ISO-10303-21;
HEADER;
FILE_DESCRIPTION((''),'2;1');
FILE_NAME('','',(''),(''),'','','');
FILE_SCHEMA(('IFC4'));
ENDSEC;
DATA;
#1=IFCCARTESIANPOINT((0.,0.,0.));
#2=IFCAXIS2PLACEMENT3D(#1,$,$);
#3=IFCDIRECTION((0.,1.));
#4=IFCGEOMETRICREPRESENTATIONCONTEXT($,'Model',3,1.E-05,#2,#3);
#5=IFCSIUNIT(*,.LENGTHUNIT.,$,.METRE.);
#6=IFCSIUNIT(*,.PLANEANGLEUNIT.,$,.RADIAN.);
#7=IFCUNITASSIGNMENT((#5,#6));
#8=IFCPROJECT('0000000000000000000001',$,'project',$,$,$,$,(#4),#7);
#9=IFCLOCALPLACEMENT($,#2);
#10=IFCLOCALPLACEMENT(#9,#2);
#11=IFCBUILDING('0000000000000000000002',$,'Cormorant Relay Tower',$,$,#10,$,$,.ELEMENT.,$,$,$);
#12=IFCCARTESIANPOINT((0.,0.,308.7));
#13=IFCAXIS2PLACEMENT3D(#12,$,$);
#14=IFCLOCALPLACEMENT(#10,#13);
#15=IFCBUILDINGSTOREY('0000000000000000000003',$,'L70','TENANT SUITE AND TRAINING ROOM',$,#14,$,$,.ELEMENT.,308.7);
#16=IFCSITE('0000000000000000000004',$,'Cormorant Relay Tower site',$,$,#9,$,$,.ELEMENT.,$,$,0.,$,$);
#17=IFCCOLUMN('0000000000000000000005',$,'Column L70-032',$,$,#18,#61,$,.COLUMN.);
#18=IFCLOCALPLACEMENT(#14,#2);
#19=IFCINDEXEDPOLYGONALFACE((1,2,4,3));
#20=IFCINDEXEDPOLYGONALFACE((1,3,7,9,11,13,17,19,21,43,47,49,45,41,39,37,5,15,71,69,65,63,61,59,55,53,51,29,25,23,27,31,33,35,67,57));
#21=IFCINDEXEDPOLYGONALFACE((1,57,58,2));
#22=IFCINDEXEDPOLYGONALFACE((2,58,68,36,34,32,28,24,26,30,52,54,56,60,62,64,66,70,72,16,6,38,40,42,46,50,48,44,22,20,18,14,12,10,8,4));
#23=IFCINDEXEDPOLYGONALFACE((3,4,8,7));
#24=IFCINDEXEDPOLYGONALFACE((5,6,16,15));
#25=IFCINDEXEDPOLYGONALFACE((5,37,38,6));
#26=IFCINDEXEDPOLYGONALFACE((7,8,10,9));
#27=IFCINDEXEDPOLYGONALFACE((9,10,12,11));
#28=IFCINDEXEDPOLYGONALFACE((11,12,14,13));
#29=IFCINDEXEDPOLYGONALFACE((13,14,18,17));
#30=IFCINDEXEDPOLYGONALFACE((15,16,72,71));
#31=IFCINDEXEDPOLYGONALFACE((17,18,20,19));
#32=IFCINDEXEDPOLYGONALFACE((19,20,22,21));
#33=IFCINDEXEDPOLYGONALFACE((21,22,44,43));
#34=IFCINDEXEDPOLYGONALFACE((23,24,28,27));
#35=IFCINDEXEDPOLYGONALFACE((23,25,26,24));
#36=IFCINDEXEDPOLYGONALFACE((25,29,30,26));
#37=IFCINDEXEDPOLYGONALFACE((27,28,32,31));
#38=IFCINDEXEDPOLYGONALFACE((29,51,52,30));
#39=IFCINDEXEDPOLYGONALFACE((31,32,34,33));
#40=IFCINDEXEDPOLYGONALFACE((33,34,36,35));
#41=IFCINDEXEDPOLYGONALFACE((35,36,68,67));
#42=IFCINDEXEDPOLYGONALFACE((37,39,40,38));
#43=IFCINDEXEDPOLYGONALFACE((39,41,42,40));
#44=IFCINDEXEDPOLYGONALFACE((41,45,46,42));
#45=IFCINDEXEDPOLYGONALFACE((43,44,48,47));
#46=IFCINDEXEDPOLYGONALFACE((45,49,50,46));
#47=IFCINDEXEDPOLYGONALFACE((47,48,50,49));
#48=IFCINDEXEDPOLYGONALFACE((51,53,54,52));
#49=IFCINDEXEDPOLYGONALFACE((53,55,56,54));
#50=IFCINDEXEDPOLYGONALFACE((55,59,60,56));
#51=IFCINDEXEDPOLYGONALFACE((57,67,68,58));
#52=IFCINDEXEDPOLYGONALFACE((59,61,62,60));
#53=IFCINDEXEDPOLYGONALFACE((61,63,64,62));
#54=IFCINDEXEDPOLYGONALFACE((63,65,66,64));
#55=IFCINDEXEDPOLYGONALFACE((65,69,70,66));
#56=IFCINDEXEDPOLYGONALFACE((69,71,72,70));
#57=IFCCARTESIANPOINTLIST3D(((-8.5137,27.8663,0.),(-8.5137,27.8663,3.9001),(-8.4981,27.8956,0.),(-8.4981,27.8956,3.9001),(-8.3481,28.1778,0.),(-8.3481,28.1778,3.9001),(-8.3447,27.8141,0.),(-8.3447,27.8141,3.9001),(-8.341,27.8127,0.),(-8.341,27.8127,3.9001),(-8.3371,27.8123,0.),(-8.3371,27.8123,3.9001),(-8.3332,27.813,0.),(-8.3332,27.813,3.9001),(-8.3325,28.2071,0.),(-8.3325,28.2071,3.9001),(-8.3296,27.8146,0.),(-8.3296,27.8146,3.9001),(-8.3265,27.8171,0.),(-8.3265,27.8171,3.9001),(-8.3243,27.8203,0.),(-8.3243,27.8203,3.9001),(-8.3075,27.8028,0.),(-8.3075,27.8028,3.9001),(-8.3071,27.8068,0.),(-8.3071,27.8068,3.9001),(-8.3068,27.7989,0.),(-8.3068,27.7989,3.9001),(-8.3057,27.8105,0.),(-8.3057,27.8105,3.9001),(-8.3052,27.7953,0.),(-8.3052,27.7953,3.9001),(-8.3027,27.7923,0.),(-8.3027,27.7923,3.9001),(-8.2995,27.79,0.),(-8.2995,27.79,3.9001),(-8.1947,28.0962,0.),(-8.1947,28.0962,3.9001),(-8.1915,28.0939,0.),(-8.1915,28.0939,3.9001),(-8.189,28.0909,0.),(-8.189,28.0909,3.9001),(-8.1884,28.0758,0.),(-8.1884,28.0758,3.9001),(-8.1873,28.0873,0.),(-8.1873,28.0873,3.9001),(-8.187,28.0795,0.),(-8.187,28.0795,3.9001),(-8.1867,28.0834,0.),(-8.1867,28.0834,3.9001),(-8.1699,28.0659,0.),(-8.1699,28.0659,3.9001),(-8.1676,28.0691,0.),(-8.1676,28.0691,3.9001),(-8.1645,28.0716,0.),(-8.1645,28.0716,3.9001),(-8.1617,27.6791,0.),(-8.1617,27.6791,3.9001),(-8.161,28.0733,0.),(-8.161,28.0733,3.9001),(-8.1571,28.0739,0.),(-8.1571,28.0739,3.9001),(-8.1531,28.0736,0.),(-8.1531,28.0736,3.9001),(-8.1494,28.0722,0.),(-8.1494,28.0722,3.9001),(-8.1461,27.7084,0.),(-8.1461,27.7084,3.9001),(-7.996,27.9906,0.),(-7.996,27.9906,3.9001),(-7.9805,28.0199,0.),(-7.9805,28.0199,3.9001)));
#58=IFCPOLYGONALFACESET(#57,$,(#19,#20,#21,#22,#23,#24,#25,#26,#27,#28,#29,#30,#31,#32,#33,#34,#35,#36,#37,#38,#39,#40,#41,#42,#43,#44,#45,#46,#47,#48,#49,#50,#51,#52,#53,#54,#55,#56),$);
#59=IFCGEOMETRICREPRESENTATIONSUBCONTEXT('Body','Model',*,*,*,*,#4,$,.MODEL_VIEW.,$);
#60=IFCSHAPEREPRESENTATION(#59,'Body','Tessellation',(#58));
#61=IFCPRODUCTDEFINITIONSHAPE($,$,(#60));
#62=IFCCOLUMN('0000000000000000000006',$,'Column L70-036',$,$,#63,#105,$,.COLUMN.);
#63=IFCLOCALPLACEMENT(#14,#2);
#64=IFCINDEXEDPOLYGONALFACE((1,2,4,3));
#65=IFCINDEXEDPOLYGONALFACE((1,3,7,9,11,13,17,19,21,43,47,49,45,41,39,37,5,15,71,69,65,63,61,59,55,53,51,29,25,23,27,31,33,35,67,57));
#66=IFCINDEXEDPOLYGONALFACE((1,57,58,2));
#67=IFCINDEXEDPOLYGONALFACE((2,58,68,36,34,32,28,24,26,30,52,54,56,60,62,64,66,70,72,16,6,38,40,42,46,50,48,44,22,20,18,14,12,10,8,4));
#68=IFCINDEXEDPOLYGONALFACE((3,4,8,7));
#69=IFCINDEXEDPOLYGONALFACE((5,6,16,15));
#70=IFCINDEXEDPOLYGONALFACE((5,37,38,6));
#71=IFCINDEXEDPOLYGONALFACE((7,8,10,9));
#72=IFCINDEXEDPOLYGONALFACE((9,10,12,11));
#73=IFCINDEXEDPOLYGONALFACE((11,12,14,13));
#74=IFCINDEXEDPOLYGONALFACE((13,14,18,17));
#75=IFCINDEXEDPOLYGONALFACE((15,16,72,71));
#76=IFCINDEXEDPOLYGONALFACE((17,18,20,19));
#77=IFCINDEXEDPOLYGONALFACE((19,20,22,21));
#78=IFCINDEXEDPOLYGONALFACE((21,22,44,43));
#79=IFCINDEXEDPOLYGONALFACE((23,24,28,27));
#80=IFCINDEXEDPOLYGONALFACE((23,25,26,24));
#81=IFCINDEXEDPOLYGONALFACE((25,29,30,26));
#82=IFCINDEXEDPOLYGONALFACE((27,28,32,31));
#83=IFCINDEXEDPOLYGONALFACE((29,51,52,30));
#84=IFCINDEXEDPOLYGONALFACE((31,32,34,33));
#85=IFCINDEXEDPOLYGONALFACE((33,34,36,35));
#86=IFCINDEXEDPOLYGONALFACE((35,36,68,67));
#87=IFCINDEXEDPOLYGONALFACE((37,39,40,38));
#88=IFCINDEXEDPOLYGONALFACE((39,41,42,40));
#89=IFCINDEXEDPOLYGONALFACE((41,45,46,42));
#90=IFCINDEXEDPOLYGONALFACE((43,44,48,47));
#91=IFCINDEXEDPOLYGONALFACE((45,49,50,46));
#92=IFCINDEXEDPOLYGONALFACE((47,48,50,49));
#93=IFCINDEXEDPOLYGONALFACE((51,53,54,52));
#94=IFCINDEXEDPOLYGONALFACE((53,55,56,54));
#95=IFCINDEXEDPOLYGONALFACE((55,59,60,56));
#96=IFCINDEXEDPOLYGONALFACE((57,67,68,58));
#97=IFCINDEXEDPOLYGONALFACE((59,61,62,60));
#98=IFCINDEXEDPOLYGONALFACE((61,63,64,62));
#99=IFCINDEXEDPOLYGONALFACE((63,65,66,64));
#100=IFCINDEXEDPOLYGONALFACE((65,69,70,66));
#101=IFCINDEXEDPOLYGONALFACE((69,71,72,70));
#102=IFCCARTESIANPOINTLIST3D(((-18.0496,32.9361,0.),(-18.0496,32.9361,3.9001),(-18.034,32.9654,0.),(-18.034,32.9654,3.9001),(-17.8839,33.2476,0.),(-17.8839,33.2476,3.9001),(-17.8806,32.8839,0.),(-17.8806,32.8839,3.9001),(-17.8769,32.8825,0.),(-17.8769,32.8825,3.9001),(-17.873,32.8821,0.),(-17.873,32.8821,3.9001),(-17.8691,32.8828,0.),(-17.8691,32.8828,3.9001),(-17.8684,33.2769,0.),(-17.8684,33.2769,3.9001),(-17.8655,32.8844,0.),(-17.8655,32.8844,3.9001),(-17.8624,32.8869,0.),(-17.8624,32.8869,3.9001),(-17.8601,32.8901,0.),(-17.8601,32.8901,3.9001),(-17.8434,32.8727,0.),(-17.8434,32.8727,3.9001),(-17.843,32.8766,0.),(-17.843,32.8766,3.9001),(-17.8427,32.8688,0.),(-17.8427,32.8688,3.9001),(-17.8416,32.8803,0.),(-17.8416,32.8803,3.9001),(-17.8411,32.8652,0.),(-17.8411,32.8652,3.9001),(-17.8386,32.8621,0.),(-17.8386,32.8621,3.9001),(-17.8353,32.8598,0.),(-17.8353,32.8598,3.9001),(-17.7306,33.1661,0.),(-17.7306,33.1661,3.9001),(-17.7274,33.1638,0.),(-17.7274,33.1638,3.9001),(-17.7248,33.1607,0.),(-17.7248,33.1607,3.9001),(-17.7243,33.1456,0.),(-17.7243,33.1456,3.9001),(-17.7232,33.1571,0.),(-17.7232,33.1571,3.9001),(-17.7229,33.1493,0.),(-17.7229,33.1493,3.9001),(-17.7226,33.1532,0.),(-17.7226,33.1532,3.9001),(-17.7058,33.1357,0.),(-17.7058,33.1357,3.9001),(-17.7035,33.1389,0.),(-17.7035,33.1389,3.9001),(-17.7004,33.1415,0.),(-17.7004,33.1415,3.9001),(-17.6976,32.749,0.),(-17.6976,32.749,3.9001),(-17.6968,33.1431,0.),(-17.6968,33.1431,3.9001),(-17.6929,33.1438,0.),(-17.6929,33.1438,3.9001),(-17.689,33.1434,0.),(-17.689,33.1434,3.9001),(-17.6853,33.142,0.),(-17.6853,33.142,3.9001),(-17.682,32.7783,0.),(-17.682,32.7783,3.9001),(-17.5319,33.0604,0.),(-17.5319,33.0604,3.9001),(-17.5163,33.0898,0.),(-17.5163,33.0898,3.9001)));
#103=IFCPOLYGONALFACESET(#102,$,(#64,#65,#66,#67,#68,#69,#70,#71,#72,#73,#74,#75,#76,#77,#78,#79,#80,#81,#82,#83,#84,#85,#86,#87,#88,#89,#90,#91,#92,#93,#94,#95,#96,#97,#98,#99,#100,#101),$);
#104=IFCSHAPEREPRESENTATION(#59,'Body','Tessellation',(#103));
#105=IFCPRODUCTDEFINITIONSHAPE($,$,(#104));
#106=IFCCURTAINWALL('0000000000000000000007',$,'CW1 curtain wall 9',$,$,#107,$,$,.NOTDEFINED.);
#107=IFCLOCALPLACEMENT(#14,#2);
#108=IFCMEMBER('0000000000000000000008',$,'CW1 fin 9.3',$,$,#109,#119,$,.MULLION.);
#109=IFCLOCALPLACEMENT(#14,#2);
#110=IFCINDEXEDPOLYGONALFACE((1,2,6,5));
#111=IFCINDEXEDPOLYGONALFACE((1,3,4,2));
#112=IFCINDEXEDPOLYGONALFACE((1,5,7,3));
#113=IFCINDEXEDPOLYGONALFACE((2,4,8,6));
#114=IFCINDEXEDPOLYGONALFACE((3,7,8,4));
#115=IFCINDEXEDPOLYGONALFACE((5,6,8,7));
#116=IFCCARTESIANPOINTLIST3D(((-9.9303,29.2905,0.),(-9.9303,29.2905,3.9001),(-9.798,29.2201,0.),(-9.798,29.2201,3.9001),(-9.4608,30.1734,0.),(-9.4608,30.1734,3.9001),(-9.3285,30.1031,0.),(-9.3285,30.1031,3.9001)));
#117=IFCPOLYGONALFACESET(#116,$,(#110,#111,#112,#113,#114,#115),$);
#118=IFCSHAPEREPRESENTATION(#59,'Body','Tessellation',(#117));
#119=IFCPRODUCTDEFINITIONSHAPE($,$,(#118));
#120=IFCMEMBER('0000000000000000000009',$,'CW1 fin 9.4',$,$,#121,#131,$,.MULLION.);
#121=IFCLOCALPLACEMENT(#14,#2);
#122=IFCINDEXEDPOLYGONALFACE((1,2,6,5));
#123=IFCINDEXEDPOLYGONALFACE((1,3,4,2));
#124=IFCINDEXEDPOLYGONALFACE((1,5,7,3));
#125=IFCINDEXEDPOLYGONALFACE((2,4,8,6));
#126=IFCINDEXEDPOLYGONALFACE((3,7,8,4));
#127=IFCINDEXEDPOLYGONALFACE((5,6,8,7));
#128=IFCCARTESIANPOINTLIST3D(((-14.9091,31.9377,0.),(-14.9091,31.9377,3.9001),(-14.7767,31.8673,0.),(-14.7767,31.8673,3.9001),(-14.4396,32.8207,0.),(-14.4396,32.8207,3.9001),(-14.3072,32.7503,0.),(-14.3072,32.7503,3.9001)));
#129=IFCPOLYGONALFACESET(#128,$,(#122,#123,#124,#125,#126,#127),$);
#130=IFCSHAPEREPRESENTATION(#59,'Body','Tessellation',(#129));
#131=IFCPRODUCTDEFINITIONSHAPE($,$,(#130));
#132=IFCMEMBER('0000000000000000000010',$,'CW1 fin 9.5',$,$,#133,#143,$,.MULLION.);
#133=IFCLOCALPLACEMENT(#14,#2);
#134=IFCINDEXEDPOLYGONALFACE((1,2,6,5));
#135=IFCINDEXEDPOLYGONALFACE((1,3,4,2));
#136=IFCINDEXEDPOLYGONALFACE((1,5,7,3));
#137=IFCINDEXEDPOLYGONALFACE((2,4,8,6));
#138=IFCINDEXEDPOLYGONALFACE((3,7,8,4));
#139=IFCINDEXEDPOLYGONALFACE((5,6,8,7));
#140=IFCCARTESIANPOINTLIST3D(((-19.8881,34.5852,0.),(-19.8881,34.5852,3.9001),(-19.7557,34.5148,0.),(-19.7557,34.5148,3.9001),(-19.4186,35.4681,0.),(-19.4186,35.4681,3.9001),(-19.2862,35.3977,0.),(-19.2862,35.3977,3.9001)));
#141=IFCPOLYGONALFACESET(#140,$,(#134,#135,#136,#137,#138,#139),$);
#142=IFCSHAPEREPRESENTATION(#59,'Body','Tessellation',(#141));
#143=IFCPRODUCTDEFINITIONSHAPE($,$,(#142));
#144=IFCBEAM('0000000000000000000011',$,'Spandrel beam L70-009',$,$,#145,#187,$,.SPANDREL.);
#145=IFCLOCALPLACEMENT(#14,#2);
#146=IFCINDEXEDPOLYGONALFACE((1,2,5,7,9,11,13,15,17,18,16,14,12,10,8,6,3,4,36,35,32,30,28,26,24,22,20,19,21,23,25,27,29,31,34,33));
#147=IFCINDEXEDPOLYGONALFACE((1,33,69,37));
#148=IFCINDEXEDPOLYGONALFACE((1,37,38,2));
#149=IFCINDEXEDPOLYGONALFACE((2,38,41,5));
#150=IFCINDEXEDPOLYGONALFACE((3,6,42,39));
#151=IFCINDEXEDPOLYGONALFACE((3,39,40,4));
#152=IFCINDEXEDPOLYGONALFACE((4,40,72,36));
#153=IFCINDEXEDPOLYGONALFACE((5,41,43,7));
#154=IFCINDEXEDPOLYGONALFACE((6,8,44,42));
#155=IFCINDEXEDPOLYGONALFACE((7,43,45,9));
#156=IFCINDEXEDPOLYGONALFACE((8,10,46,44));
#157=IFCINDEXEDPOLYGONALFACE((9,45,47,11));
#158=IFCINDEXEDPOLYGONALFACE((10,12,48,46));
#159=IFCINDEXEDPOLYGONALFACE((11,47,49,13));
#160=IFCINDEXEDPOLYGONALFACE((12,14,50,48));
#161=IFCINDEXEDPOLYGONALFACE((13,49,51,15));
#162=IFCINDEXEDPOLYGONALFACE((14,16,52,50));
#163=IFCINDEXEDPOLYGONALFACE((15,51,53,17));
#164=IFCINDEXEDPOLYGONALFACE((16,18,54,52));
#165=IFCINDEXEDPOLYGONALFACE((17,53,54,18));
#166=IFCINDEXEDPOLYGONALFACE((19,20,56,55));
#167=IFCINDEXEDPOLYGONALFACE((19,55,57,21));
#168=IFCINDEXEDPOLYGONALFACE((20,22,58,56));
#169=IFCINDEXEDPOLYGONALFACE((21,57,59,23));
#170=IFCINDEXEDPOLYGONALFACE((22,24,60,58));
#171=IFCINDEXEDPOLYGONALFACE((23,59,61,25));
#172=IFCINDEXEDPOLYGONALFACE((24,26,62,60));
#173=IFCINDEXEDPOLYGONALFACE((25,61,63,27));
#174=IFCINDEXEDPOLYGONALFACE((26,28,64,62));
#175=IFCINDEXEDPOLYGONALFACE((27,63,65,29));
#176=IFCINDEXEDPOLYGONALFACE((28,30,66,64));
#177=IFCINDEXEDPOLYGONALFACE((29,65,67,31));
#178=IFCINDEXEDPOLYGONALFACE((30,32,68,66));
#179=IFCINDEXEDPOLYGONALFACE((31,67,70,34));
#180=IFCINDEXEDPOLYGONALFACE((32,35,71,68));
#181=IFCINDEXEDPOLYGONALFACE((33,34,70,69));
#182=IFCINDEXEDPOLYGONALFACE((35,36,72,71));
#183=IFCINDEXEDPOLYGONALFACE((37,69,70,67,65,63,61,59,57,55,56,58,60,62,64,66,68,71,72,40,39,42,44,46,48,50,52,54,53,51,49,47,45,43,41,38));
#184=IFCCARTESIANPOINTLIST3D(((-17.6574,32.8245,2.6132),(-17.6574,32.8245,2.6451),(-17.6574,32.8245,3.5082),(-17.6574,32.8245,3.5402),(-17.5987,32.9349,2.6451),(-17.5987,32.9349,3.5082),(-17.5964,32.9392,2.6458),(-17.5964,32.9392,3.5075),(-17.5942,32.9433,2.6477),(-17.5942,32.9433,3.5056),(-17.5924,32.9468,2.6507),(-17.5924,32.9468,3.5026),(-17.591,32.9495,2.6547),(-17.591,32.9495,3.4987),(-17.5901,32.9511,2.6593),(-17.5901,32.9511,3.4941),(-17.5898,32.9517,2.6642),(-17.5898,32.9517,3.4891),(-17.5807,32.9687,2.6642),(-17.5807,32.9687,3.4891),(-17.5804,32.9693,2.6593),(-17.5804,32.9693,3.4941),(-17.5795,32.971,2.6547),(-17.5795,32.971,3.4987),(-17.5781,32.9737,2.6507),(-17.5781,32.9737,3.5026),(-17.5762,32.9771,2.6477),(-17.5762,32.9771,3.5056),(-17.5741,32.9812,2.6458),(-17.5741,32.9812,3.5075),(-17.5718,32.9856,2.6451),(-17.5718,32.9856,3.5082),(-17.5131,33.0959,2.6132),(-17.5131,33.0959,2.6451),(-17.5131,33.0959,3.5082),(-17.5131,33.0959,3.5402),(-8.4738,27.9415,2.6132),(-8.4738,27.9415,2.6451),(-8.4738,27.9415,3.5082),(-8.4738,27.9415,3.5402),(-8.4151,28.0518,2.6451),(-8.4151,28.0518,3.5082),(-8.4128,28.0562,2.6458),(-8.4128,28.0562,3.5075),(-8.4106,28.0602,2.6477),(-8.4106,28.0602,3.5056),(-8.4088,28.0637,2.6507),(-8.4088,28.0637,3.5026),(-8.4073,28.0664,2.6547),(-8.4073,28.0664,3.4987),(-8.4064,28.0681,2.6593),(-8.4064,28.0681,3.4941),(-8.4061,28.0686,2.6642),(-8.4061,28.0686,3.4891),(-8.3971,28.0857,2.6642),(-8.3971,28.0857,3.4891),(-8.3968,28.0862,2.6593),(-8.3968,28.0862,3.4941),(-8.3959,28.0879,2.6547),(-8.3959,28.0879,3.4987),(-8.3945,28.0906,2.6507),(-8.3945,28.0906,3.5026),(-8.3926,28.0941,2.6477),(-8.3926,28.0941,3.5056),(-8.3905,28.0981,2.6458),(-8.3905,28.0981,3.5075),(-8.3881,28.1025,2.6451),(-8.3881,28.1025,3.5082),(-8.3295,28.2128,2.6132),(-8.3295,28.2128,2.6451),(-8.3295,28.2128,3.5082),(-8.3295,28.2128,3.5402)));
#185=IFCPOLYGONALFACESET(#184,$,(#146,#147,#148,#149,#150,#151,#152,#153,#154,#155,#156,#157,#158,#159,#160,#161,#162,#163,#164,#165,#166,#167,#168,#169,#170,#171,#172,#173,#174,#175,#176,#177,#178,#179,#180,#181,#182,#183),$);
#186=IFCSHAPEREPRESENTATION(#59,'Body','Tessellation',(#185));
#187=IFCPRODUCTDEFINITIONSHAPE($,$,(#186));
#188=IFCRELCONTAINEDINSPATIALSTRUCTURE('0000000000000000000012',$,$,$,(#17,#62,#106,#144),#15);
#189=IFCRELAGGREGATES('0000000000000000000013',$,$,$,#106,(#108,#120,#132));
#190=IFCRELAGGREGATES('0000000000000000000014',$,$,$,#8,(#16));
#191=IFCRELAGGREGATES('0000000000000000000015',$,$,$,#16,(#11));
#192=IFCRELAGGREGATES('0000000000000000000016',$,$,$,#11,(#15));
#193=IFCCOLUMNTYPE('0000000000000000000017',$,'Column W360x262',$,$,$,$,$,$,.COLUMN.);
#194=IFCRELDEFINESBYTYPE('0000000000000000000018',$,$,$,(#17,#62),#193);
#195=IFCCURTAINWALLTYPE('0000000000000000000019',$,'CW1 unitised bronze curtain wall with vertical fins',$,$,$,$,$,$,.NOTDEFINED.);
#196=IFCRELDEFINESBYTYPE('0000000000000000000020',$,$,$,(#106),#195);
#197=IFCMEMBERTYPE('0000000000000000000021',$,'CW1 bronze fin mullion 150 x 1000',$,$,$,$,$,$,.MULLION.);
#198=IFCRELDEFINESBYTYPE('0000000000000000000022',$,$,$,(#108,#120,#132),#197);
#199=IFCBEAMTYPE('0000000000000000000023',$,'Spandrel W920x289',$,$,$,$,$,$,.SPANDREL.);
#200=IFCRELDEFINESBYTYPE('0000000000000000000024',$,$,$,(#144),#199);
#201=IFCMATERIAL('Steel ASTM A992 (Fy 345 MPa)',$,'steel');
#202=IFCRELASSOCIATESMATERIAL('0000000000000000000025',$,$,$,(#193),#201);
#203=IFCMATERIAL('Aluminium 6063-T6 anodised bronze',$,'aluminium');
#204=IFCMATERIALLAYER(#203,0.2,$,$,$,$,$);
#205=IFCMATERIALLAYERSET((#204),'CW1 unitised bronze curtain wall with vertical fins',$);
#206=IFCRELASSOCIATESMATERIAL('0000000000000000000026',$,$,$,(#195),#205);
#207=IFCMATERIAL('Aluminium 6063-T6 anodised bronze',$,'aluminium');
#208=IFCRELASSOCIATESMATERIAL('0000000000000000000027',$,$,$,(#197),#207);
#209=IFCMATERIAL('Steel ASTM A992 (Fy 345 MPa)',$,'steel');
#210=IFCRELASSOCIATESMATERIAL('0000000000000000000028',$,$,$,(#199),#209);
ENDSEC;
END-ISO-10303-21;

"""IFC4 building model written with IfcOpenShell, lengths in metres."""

from ifc_helpers import new_model, si_unit, direction, frame, origin, origin_2d, place, context, subcontext, project, spatial, rectangle, i_section, extrude, material, layer, layer_set, material_profile, profile_set, type_object, element, aggregate, save


model = new_model("IFC4")

# Units and contexts
model_context = context("Model", 3, precision=1e-05, world=origin(), true_north=direction((0.0, 1.0)))
body_context = subcontext(model_context, "Body", "Model", "MODEL_VIEW")
ifc_project = project(units=[si_unit("LENGTHUNIT", "METRE"), si_unit("PLANEANGLEUNIT", "RADIAN")], contexts=[model_context])

# Site, building, storey
site_placement = place(None, origin())
site = spatial("IfcSite", under=ifc_project, at=site_placement, Name="Cormorant Relay Tower site", CompositionType="ELEMENT", RefElevation=0.0)
building_placement = place(site_placement, origin())
building = spatial("IfcBuilding", under=site, at=building_placement, Name="Cormorant Relay Tower", CompositionType="ELEMENT")
storey_placement = place(building_placement, frame((0.0, 0.0, 308.7)))
storey = spatial("IfcBuildingStorey", under=building, at=storey_placement, Name="L70", Description="TENANT SUITE AND TRAINING ROOM", CompositionType="ELEMENT", Elevation=308.7)

# Columns
ifc_material_1 = material(Name="Steel ASTM A992 (Fy 345 MPa)", Category="steel")
ifc_material_profile_1 = material_profile(ifc_material_1, i_section(OverallWidth=0.3987, OverallDepth=0.386, WebThickness=0.021, FlangeThickness=0.0332, FilletRadius=0.0151, at=origin_2d()), Name="W360x262")
ifc_profile_set_1 = profile_set([ifc_material_profile_1], Name="Steel ASTM A992 (Fy 345 MPa)")
column_type = type_object("IfcColumnType", Name="Column W360x262", PredefinedType="COLUMN", material=ifc_profile_set_1)
for number, where, z_axis, x_axis, name in (
    (1, (-8.2471, 27.9431, 0.0), (0.0, 0.0, 1.0), (-0.882948, 0.469472, 0.0), "Column L70-032"),
    (2, (-17.783, 33.0129, 0.0), (0.0, 0.0, 1.0), (-0.882948, 0.469472, 0.0), "Column L70-036"),
):
    element("IfcColumn", number, at=place(storey_placement, frame(where, z_axis=z_axis, x_axis=x_axis)), inside=storey, type_object=column_type, Name=name, PredefinedType="COLUMN", context=body_context, shape_type="SweptSolid", body=[
        extrude(i_section(OverallWidth=0.3987, OverallDepth=0.386, WebThickness=0.021, FlangeThickness=0.0332, FilletRadius=0.0151, at=origin_2d()), origin(), (0.0, 0.0, 1.0), 3.9001),
    ])

# Curtain wall, members
ifc_material_2 = material(Name="Aluminium 6063-T6 anodised bronze", Category="aluminium")
ifc_layer_1 = layer(ifc_material_2, 0.2)
ifc_layer_set_1 = layer_set([ifc_layer_1], Name="CW1 unitised bronze curtain wall with vertical fins")
curtain_wall_type = type_object("IfcCurtainWallType", Name="CW1 unitised bronze curtain wall with vertical fins", PredefinedType="NOTDEFINED", material=ifc_layer_set_1)
curtain_wall_placement = place(storey_placement, origin())
curtain_wall = element("IfcCurtainWall", 3, at=curtain_wall_placement, inside=storey, type_object=curtain_wall_type, Name="CW1 curtain wall 9", PredefinedType="NOTDEFINED")
ifc_material_3 = material(Name="Aluminium 6063-T6 anodised bronze", Category="aluminium")
ifc_material_profile_2 = material_profile(ifc_material_3, rectangle(XDim=0.1499, YDim=1.0, at=origin_2d()), Name="AL 150x1000")
ifc_profile_set_2 = profile_set([ifc_material_profile_2], Name="Aluminium 6063-T6 anodised bronze")
member_type = type_object("IfcMemberType", Name="CW1 bronze fin mullion 150 x 1000", PredefinedType="MULLION", material=ifc_profile_set_2)
member_1_placement = place(storey_placement, frame((-9.6294, 29.6968, 0.0), z_axis=(0.0, 0.0, 1.0), x_axis=(-0.882948, 0.469472, 0.0)))
member_1 = element("IfcMember", 4, at=member_1_placement, type_object=member_type, Name="CW1 fin 9.3", PredefinedType="MULLION", context=body_context, shape_type="SweptSolid", body=[
    extrude(rectangle(XDim=0.1499, YDim=1.0, at=origin_2d()), origin(), (0.0, 0.0, 1.0), 3.9001),
])
member_2_placement = place(storey_placement, frame((-14.6082, 32.344, 0.0), z_axis=(0.0, 0.0, 1.0), x_axis=(-0.882948, 0.469472, 0.0)))
member_2 = element("IfcMember", 5, at=member_2_placement, type_object=member_type, Name="CW1 fin 9.4", PredefinedType="MULLION", context=body_context, shape_type="SweptSolid", body=[
    extrude(rectangle(XDim=0.1499, YDim=1.0, at=origin_2d()), origin(), (0.0, 0.0, 1.0), 3.9001),
])
member_3_placement = place(storey_placement, frame((-19.5872, 34.9915, 0.0), z_axis=(0.0, 0.0, 1.0), x_axis=(-0.882948, 0.469472, 0.0)))
member_3 = element("IfcMember", 6, at=member_3_placement, type_object=member_type, Name="CW1 fin 9.5", PredefinedType="MULLION", context=body_context, shape_type="SweptSolid", body=[
    extrude(rectangle(XDim=0.1499, YDim=1.0, at=origin_2d()), origin(), (0.0, 0.0, 1.0), 3.9001),
])

# Beam
ifc_material_4 = material(Name="Steel ASTM A992 (Fy 345 MPa)", Category="steel")
ifc_material_profile_3 = material_profile(ifc_material_4, i_section(OverallWidth=0.3074, OverallDepth=0.927, WebThickness=0.0193, FlangeThickness=0.032, FilletRadius=0.019, at=origin_2d()), Name="W920x289")
ifc_profile_set_3 = profile_set([ifc_material_profile_3], Name="Steel ASTM A992 (Fy 345 MPa)")
beam_type_1 = type_object("IfcBeamType", Name="Spandrel W920x289", PredefinedType="SPANDREL", material=ifc_profile_set_3)
beam_1_placement = place(storey_placement, frame((-8.4016, 28.0771, 3.0767), z_axis=(-0.882945, 0.469476, 0.0), x_axis=(-0.469476, -0.882945, 0.0)))
element("IfcBeam", 7, at=beam_1_placement, inside=storey, type_object=beam_type_1, Name="Spandrel beam L70-009", PredefinedType="SPANDREL", context=body_context, shape_type="SweptSolid", body=[
    extrude(i_section(OverallWidth=0.3074, OverallDepth=0.927, WebThickness=0.0193, FlangeThickness=0.032, FilletRadius=0.019, at=origin_2d()), origin(), (0.0, 0.0, 1.0), 10.4011),
])

aggregate(curtain_wall, [member_1, member_2, member_3])

save(model, "model.ifc")
